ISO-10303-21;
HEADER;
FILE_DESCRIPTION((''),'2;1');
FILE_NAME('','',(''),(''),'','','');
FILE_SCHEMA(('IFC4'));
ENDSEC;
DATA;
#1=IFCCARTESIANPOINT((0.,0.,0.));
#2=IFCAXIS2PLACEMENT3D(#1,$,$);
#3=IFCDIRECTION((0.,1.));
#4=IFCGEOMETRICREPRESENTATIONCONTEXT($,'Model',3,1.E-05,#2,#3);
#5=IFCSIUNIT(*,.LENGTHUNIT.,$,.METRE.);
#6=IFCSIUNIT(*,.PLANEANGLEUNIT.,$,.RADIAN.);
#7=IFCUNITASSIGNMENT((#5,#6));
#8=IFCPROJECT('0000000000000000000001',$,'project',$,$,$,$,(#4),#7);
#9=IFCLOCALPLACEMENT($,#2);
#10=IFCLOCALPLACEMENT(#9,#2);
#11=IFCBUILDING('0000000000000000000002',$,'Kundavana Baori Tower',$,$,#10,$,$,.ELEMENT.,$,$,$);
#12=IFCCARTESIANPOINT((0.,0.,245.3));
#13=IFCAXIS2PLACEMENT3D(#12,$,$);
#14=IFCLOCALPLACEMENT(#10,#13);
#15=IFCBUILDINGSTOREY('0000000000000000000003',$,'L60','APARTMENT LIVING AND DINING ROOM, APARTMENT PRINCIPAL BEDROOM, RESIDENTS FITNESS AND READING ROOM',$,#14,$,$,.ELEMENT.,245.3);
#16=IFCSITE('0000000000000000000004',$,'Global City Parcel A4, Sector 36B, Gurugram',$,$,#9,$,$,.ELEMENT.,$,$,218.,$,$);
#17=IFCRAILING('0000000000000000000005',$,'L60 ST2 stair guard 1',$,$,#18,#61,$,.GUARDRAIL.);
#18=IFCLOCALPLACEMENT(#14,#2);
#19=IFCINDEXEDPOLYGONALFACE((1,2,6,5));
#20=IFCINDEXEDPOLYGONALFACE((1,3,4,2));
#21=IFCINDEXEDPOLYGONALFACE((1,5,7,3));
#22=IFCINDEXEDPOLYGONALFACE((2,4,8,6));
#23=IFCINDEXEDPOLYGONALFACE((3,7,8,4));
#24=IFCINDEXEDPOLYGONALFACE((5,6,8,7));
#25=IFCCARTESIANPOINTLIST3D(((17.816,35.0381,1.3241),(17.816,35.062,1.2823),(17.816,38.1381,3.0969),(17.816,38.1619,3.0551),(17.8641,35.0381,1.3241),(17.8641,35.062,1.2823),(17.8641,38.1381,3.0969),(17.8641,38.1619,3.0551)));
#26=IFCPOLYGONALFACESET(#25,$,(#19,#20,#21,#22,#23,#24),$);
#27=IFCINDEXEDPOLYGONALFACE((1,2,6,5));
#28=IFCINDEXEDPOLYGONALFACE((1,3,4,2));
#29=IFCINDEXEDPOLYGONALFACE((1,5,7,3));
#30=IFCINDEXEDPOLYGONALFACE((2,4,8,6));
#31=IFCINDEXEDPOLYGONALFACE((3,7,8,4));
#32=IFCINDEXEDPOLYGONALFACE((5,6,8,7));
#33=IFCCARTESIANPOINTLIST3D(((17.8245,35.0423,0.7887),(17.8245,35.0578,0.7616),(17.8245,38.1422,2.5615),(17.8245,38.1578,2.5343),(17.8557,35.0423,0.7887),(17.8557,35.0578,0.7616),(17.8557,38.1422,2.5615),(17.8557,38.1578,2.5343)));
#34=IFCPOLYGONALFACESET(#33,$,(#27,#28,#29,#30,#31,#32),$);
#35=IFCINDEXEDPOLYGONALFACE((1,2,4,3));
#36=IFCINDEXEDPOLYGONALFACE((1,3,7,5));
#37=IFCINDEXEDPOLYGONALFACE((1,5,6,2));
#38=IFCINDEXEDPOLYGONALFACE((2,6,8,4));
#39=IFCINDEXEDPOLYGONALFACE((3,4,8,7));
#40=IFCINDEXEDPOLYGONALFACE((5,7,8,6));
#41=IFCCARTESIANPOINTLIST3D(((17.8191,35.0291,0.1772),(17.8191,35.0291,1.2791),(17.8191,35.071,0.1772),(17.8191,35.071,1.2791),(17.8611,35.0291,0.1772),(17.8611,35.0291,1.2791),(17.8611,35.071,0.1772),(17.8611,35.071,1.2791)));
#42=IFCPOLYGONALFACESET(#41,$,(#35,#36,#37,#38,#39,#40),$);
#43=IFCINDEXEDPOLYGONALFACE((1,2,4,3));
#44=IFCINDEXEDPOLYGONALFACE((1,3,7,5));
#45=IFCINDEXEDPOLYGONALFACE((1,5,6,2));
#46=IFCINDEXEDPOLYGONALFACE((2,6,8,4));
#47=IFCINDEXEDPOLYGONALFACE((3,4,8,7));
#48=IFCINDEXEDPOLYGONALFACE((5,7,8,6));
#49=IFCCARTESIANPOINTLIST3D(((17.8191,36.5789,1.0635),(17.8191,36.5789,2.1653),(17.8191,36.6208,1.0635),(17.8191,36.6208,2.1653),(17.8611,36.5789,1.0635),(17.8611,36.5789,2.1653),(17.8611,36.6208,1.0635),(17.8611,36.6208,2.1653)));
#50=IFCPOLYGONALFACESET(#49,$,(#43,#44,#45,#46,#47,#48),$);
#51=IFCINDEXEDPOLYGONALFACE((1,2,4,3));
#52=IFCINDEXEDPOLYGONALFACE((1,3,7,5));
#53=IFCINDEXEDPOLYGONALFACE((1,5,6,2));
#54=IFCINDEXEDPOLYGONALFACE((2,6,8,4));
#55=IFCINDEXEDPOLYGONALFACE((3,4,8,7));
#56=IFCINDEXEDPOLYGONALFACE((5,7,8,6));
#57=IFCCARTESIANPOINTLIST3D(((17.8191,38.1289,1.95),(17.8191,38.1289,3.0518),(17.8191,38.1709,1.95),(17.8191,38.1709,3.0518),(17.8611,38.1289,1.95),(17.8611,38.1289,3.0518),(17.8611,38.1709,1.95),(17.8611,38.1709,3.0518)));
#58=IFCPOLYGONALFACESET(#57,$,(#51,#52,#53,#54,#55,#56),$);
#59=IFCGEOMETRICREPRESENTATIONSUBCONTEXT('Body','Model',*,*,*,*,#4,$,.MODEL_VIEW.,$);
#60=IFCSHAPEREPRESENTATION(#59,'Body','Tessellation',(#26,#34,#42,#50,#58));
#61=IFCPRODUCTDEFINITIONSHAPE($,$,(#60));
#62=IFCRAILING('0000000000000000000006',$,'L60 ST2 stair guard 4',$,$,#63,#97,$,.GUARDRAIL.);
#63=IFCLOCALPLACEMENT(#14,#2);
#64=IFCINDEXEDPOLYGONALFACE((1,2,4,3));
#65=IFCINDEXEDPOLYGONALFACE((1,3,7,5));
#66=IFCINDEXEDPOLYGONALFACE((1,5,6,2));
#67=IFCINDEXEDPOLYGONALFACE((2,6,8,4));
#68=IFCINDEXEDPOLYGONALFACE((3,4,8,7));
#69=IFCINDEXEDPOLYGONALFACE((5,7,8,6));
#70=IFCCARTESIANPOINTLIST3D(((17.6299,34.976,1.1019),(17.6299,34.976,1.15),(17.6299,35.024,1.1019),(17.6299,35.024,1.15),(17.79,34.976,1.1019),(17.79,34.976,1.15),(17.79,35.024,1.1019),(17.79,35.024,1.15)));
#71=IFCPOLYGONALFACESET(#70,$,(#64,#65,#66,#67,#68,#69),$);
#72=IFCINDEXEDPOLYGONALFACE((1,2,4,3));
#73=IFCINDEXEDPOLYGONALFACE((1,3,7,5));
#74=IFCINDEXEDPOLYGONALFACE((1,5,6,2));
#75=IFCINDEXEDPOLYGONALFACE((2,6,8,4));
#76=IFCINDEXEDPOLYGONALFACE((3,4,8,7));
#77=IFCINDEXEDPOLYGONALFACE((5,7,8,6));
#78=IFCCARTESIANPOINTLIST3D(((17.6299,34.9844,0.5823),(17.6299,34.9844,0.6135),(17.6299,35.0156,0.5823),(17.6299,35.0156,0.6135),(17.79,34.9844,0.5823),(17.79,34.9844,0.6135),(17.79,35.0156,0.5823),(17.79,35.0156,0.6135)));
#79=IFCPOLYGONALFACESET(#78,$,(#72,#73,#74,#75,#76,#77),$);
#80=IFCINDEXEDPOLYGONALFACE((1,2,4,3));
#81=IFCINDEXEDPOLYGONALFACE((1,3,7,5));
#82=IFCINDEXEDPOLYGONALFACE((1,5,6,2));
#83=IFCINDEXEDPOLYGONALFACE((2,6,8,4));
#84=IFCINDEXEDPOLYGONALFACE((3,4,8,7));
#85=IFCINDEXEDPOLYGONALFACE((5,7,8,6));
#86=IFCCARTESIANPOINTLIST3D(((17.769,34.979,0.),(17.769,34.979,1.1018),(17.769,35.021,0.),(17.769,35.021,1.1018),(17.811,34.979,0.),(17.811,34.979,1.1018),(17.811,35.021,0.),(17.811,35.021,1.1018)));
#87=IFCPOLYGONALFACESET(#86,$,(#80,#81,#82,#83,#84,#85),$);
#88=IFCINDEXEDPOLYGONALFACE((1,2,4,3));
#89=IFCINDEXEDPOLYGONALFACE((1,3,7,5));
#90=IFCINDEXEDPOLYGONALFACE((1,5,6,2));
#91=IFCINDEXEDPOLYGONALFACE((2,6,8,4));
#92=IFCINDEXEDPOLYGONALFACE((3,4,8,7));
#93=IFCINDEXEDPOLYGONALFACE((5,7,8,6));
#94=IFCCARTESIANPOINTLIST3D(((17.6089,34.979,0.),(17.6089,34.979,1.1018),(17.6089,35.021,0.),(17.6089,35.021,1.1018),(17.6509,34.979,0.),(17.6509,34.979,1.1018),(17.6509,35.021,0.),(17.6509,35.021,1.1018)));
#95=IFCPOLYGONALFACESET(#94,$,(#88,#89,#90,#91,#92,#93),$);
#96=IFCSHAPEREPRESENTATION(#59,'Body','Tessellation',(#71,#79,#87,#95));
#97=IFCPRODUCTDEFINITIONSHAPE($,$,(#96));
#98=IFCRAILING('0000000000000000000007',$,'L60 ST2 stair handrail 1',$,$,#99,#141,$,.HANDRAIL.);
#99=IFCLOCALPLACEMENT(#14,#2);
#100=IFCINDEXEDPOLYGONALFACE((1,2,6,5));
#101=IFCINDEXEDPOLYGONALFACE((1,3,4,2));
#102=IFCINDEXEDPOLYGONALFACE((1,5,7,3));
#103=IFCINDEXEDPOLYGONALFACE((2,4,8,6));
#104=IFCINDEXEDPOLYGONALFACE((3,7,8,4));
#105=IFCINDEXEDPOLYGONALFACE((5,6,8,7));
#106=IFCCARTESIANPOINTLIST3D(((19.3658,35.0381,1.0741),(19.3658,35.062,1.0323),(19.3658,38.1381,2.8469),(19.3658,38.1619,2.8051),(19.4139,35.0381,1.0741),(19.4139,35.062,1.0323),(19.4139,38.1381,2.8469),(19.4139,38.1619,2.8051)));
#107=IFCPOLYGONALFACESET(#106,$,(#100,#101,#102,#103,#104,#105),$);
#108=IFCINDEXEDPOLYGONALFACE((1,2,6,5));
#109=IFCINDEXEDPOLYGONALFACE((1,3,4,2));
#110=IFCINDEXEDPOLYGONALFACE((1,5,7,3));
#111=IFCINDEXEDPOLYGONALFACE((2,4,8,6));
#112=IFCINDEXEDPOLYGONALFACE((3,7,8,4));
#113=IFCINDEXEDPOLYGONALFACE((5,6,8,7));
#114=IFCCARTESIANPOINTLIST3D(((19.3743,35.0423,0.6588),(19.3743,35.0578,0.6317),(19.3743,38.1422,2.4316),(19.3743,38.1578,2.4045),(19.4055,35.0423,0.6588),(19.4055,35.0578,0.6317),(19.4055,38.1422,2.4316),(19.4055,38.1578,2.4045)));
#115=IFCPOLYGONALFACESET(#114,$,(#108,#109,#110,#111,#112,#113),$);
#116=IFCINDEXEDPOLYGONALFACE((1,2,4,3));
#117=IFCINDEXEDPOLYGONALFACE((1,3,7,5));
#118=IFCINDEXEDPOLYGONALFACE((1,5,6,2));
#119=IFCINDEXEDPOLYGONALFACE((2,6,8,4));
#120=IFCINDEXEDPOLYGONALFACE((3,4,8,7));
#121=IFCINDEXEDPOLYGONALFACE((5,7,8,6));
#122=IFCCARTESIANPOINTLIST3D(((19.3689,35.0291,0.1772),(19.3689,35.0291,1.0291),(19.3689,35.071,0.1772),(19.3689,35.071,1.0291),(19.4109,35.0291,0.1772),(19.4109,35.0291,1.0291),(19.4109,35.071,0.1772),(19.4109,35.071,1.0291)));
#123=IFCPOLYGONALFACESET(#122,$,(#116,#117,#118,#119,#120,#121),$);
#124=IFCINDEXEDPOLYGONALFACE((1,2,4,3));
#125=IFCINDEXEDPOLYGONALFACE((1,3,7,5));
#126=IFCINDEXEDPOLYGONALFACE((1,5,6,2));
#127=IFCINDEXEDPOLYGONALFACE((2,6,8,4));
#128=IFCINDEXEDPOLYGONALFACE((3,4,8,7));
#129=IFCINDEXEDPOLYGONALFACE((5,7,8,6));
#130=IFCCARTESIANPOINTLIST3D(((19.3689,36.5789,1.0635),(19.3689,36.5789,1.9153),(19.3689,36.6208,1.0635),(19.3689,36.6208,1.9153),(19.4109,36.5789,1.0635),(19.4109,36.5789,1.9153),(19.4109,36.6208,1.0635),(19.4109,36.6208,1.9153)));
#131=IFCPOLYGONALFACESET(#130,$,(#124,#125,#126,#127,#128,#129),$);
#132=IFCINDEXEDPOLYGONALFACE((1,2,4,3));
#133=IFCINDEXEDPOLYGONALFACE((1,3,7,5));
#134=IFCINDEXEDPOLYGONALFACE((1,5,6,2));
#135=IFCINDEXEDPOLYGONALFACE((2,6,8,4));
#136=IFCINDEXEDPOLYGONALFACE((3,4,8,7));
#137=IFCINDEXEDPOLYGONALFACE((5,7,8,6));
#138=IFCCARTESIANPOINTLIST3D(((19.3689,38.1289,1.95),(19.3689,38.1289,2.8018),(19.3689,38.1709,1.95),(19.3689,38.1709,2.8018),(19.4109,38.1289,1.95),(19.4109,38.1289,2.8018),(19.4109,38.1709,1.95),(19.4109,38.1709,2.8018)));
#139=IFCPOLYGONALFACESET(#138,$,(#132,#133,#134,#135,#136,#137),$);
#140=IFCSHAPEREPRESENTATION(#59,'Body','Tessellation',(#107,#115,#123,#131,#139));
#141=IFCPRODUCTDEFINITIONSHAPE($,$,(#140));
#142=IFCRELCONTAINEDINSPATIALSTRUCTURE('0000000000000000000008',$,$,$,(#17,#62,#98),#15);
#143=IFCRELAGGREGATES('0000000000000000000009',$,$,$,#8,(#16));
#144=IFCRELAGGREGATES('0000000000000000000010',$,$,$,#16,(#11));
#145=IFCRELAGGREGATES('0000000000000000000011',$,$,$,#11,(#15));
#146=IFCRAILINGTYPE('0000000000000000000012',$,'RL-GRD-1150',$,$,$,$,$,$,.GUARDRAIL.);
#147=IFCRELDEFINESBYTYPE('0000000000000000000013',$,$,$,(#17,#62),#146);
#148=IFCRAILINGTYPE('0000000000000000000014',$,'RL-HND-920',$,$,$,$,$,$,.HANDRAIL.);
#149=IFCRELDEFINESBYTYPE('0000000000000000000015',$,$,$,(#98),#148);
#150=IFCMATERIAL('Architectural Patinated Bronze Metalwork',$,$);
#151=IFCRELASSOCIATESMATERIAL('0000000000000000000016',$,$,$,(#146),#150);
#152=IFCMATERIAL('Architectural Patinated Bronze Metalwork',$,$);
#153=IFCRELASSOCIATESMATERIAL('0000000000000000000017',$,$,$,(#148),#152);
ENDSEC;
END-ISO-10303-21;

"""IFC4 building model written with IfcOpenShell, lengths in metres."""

from ifc_helpers import new_model, si_unit, direction, frame, origin, origin_2d, place, context, subcontext, project, spatial, rectangle, extrude, material, type_object, element, save


model = new_model("IFC4")

# Units and contexts
model_context = context("Model", 3, precision=1e-05, world=origin(), true_north=direction((0.0, 1.0)))
body_context = subcontext(model_context, "Body", "Model", "MODEL_VIEW")
ifc_project = project(units=[si_unit("LENGTHUNIT", "METRE"), si_unit("PLANEANGLEUNIT", "RADIAN")], contexts=[model_context])

# Site, building, storey
site_placement = place(None, origin())
site = spatial("IfcSite", under=ifc_project, at=site_placement, Name="Global City Parcel A4, Sector 36B, Gurugram", CompositionType="ELEMENT", RefElevation=218.0)
building_placement = place(site_placement, origin())
building = spatial("IfcBuilding", under=site, at=building_placement, Name="Kundavana Baori Tower", CompositionType="ELEMENT")
storey_placement = place(building_placement, frame((0.0, 0.0, 245.3)))
storey = spatial("IfcBuildingStorey", under=building, at=storey_placement, Name="L60", Description="APARTMENT LIVING AND DINING ROOM, APARTMENT PRINCIPAL BEDROOM, RESIDENTS FITNESS AND READING ROOM", CompositionType="ELEMENT", Elevation=245.3)

# Railings
ifc_material_1 = material(Name="Architectural Patinated Bronze Metalwork")
railing_type_1 = type_object("IfcRailingType", Name="RL-GRD-1150", PredefinedType="GUARDRAIL", material=ifc_material_1)
railing_1_placement = place(storey_placement, frame((17.8401, 35.05, 0.1772)))
element("IfcRailing", 1, at=railing_1_placement, inside=storey, type_object=railing_type_1, Name="L60 ST2 stair guard 1", PredefinedType="GUARDRAIL", context=body_context, shape_type="SweptSolid", body=[
    extrude(rectangle(XDim=0.0481, YDim=0.0481, at=origin_2d()), frame((0.0, 0.0, 1.126), z_axis=(0.0, 0.868079, 0.496426), x_axis=(-1.0, 0.0, 0.0)), (0.0, 0.0, 1.0), 3.571),
    extrude(rectangle(XDim=0.0312, YDim=0.0312, at=origin_2d()), frame((0.0, 0.0, 0.5979), z_axis=(0.0, 0.868079, 0.496426), x_axis=(-1.0, 0.0, 0.0)), (0.0, 0.0, 1.0), 3.571),
    extrude(rectangle(XDim=0.042, YDim=0.042, at=origin_2d()), origin(), (0.0, 0.0, 1.0), 1.1018),
    extrude(rectangle(XDim=0.042, YDim=0.042, at=origin_2d()), frame((0.0, 1.5498, 0.8862)), (0.0, 0.0, 1.0), 1.1018),
    extrude(rectangle(XDim=0.042, YDim=0.042, at=origin_2d()), frame((0.0, 3.0999, 1.7727)), (0.0, 0.0, 1.0), 1.1018),
])
railing_2_placement = place(storey_placement, frame((17.79, 35.0, 0.0)))
element("IfcRailing", 2, at=railing_2_placement, inside=storey, type_object=railing_type_1, Name="L60 ST2 stair guard 4", PredefinedType="GUARDRAIL", context=body_context, shape_type="SweptSolid", body=[
    extrude(rectangle(XDim=0.0481, YDim=0.0481, at=origin_2d()), frame((0.0, 0.0, 1.126), z_axis=(-1.0, 0.0, 0.0), x_axis=(0.0, -1.0, 0.0)), (0.0, 0.0, 1.0), 0.1602),
    extrude(rectangle(XDim=0.0312, YDim=0.0312, at=origin_2d()), frame((0.0, 0.0, 0.5979), z_axis=(-1.0, 0.0, 0.0), x_axis=(0.0, -1.0, 0.0)), (0.0, 0.0, 1.0), 0.1602),
    extrude(rectangle(XDim=0.042, YDim=0.042, at=origin_2d()), origin(), (0.0, 0.0, 1.0), 1.1018),
    extrude(rectangle(XDim=0.042, YDim=0.042, at=origin_2d()), frame((-0.1602, 0.0, 0.0)), (0.0, 0.0, 1.0), 1.1018),
])
ifc_material_2 = material(Name="Architectural Patinated Bronze Metalwork")
railing_type_2 = type_object("IfcRailingType", Name="RL-HND-920", PredefinedType="HANDRAIL", material=ifc_material_2)
railing_3_placement = place(storey_placement, frame((19.3899, 35.05, 0.1772)))
element("IfcRailing", 3, at=railing_3_placement, inside=storey, type_object=railing_type_2, Name="L60 ST2 stair handrail 1", PredefinedType="HANDRAIL", context=body_context, shape_type="SweptSolid", body=[
    extrude(rectangle(XDim=0.0481, YDim=0.0481, at=origin_2d()), frame((0.0, 0.0, 0.876), z_axis=(0.0, 0.868079, 0.496426), x_axis=(-1.0, 0.0, 0.0)), (0.0, 0.0, 1.0), 3.571),
    extrude(rectangle(XDim=0.0312, YDim=0.0312, at=origin_2d()), frame((0.0, 0.0, 0.468), z_axis=(0.0, 0.868079, 0.496426), x_axis=(-1.0, 0.0, 0.0)), (0.0, 0.0, 1.0), 3.571),
    extrude(rectangle(XDim=0.042, YDim=0.042, at=origin_2d()), origin(), (0.0, 0.0, 1.0), 0.8518),
    extrude(rectangle(XDim=0.042, YDim=0.042, at=origin_2d()), frame((0.0, 1.5498, 0.8862)), (0.0, 0.0, 1.0), 0.8518),
    extrude(rectangle(XDim=0.042, YDim=0.042, at=origin_2d()), frame((0.0, 3.0999, 1.7727)), (0.0, 0.0, 1.0), 0.8518),
])

save(model, "model.ifc")
